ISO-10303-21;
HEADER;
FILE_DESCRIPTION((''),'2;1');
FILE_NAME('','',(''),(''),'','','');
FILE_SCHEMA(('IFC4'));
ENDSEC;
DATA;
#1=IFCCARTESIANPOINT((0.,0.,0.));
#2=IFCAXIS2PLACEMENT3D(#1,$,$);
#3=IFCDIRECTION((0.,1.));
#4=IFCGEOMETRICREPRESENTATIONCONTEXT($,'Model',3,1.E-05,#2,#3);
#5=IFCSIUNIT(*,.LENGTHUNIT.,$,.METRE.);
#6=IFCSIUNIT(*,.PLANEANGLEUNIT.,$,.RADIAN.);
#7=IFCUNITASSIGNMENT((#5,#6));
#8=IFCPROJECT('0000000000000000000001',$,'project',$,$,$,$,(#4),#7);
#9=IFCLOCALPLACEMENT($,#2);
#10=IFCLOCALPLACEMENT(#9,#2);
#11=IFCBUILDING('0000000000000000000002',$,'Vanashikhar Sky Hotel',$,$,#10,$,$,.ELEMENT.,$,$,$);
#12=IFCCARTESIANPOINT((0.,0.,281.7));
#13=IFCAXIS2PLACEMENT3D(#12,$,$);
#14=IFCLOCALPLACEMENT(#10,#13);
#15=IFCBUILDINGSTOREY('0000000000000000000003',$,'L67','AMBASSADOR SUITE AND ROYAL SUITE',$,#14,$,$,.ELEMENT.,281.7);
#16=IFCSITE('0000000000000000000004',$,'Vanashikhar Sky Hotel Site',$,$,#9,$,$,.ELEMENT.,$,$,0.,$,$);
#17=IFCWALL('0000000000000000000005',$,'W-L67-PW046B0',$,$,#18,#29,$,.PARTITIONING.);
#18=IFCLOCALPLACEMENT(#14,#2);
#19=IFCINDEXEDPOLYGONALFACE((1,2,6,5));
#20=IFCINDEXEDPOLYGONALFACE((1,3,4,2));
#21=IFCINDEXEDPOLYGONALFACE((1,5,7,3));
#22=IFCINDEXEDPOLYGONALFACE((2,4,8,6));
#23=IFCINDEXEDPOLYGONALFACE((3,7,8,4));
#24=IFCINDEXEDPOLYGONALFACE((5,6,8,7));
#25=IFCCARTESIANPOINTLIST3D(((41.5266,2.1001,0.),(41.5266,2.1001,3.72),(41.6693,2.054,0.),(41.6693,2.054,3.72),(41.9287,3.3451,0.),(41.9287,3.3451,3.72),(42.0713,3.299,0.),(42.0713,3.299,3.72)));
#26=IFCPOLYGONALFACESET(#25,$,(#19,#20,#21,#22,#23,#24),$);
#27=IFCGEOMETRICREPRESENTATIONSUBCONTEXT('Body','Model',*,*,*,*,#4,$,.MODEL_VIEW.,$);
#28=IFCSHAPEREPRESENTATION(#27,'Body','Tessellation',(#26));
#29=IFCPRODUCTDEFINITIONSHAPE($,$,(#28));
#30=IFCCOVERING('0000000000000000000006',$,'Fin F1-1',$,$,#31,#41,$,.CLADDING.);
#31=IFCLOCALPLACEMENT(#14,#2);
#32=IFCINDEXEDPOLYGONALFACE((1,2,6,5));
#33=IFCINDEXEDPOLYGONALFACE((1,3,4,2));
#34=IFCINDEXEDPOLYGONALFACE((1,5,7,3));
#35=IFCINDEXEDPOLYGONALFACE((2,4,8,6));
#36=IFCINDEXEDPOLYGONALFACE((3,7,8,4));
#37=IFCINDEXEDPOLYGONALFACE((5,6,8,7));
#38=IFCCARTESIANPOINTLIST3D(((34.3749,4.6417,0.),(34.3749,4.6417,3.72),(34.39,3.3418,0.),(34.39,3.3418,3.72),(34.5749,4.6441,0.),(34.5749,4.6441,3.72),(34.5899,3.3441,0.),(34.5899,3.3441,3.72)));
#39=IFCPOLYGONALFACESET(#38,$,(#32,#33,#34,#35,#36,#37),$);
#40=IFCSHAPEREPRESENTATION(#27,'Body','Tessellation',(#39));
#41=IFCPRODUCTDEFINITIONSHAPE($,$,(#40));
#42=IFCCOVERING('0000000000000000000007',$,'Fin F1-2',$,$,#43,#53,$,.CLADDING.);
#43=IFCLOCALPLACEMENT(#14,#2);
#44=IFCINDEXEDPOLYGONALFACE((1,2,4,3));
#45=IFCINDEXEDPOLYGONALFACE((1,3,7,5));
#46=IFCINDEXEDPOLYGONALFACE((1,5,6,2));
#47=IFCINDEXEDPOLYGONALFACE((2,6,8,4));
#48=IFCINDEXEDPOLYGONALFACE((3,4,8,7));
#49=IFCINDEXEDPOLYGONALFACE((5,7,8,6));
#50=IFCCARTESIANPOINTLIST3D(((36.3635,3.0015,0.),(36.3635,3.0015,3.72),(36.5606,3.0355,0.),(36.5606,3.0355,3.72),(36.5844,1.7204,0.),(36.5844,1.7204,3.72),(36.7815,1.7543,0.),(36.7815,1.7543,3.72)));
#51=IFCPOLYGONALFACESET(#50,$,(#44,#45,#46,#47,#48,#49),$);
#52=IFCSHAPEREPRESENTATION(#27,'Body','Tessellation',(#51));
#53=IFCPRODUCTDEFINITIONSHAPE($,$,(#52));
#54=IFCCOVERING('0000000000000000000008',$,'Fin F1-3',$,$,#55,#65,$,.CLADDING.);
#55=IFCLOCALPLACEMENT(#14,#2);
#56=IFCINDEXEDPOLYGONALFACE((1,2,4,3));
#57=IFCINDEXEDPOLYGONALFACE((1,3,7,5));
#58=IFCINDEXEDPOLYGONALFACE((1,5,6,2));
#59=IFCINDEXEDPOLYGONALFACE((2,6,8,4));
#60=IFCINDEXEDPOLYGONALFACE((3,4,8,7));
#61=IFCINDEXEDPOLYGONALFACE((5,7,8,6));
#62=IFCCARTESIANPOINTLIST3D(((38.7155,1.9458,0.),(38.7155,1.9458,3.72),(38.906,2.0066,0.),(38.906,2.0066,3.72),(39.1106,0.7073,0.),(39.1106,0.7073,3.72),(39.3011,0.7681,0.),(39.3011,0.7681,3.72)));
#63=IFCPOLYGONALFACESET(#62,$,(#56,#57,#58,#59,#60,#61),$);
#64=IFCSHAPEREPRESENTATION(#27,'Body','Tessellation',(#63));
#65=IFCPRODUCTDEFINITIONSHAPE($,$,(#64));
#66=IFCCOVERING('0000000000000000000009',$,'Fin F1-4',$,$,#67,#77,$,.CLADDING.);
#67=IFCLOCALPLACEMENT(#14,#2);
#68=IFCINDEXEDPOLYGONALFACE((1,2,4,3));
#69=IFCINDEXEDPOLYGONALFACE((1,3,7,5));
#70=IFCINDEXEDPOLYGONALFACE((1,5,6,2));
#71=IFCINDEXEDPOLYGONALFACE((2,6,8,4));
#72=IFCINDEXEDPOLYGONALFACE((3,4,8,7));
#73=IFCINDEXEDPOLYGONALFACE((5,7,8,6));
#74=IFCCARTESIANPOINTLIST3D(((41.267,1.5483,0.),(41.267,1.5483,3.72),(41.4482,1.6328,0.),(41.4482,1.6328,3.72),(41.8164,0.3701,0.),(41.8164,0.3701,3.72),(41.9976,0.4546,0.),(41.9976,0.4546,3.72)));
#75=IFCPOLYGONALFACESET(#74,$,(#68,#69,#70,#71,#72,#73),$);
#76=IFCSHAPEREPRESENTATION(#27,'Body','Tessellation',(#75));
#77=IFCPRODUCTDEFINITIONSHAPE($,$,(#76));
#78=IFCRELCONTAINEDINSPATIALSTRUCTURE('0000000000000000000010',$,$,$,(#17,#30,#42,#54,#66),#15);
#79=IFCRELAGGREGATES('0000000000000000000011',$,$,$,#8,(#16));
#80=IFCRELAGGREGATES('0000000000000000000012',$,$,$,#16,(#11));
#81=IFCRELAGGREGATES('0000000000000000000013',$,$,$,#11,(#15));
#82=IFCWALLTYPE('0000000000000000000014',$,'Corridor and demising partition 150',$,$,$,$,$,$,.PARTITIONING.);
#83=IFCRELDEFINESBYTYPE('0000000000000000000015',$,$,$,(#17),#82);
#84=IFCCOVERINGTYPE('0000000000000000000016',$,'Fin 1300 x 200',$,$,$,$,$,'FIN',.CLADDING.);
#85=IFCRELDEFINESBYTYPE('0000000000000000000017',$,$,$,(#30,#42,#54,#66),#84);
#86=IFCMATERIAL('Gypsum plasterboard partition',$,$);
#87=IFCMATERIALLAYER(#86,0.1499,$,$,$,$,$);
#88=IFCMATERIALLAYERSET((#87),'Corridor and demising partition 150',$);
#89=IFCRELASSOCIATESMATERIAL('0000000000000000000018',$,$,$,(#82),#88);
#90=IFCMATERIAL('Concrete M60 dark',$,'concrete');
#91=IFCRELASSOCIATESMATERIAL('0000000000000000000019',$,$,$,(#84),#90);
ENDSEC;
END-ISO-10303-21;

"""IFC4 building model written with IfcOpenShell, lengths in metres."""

from ifc_helpers import new_model, si_unit, direction, frame, frame_2d, origin, origin_2d, place, context, subcontext, project, spatial, rectangle, extrude, source, transform, mapped, material, layer, layer_set, material_profile, profile_set, type_object, element, save


model = new_model("IFC4")

# Units and contexts
model_context = context("Model", 3, precision=1e-05, world=origin(), true_north=direction((0.0, 1.0)))
body_context = subcontext(model_context, "Body", "Model", "MODEL_VIEW")
ifc_project = project(units=[si_unit("LENGTHUNIT", "METRE"), si_unit("PLANEANGLEUNIT", "RADIAN")], contexts=[model_context])

# Site, building, storey
site_placement = place(None, origin())
site = spatial("IfcSite", under=ifc_project, at=site_placement, Name="Vanashikhar Sky Hotel Site", CompositionType="ELEMENT", RefElevation=0.0)
building_placement = place(site_placement, origin())
building = spatial("IfcBuilding", under=site, at=building_placement, Name="Vanashikhar Sky Hotel", CompositionType="ELEMENT")
storey_placement = place(building_placement, frame((0.0, 0.0, 281.7)))
storey = spatial("IfcBuildingStorey", under=building, at=storey_placement, Name="L67", Description="AMBASSADOR SUITE AND ROYAL SUITE", CompositionType="ELEMENT", Elevation=281.7)

# Shared definitions
ifc_material_1 = material(Name="Gypsum plasterboard partition")

# Wall
ifc_layer_1 = layer(ifc_material_1, 0.1499)
ifc_layer_set_1 = layer_set([ifc_layer_1], Name="Corridor and demising partition 150")
wall_type_1 = type_object("IfcWallType", Name="Corridor and demising partition 150", PredefinedType="PARTITIONING", material=ifc_layer_set_1)
shared_shape_1 = source(origin(), body_context, "Body", "SweptSolid", [
    extrude(rectangle(XDim=1.3083, YDim=0.1499, at=frame_2d((0.6543, 0.0))), origin(), (0.0, 0.0, 1.0), 3.72),
])
wall_1_placement = place(storey_placement, frame((41.5979, 2.0769, 0.0), z_axis=(0.0, 0.0, 1.0), x_axis=(0.307314, 0.951608, 0.0)))
element("IfcWall", 1, at=wall_1_placement, inside=storey, type_object=wall_type_1, Name="W-L67-PW046B0", PredefinedType="PARTITIONING", context=body_context, shape_type="MappedRepresentation", body=[
    mapped(shared_shape_1, transform((0.0, 0.0, 0.0), scale=1.0)),
])

# Coverings
ifc_material_2 = material(Name="Concrete M60 dark", Category="concrete")
ifc_material_profile = material_profile(ifc_material_2, rectangle(XDim=1.3, YDim=0.2, at=origin_2d()))
ifc_profile_set = profile_set([ifc_material_profile], Name="Fin 1300 x 200")
covering_type = type_object("IfcCoveringType", Name="Fin 1300 x 200", ElementType="FIN", PredefinedType="CLADDING", material=ifc_profile_set)
shared_shape_2 = source(origin(), body_context, "Body", "SweptSolid", [
    extrude(rectangle(XDim=1.3, YDim=0.2, at=origin_2d()), origin(), (0.0, 0.0, 1.0), 3.72),
])
for number, where, z_axis, x_axis, name in (
    (2, (34.4824, 3.9929, 0.0), (0.0, 0.0, 1.0), (0.011589, -0.999933, 0.0), "Fin F1-1"),
    (3, (36.5725, 2.3779, 0.0), (0.0, 0.0, 1.0), (0.1699, -0.985461, 0.0), "Fin F1-2"),
    (4, (39.0083, 1.3569, 0.0), (0.0, 0.0, 1.0), (0.303967, -0.952683, 0.0), "Fin F1-3"),
    (5, (41.6323, 1.0015, 0.0), (0.0, 0.0, 1.0), (0.422618, -0.906308, 0.0), "Fin F1-4"),
):
    element("IfcCovering", number, at=place(storey_placement, frame(where, z_axis=z_axis, x_axis=x_axis)), inside=storey, type_object=covering_type, Name=name, PredefinedType="CLADDING", context=body_context, shape_type="MappedRepresentation", body=[
        mapped(shared_shape_2, transform((0.0, 0.0, 0.0), scale=1.0)),
    ])

save(model, "model.ifc")
